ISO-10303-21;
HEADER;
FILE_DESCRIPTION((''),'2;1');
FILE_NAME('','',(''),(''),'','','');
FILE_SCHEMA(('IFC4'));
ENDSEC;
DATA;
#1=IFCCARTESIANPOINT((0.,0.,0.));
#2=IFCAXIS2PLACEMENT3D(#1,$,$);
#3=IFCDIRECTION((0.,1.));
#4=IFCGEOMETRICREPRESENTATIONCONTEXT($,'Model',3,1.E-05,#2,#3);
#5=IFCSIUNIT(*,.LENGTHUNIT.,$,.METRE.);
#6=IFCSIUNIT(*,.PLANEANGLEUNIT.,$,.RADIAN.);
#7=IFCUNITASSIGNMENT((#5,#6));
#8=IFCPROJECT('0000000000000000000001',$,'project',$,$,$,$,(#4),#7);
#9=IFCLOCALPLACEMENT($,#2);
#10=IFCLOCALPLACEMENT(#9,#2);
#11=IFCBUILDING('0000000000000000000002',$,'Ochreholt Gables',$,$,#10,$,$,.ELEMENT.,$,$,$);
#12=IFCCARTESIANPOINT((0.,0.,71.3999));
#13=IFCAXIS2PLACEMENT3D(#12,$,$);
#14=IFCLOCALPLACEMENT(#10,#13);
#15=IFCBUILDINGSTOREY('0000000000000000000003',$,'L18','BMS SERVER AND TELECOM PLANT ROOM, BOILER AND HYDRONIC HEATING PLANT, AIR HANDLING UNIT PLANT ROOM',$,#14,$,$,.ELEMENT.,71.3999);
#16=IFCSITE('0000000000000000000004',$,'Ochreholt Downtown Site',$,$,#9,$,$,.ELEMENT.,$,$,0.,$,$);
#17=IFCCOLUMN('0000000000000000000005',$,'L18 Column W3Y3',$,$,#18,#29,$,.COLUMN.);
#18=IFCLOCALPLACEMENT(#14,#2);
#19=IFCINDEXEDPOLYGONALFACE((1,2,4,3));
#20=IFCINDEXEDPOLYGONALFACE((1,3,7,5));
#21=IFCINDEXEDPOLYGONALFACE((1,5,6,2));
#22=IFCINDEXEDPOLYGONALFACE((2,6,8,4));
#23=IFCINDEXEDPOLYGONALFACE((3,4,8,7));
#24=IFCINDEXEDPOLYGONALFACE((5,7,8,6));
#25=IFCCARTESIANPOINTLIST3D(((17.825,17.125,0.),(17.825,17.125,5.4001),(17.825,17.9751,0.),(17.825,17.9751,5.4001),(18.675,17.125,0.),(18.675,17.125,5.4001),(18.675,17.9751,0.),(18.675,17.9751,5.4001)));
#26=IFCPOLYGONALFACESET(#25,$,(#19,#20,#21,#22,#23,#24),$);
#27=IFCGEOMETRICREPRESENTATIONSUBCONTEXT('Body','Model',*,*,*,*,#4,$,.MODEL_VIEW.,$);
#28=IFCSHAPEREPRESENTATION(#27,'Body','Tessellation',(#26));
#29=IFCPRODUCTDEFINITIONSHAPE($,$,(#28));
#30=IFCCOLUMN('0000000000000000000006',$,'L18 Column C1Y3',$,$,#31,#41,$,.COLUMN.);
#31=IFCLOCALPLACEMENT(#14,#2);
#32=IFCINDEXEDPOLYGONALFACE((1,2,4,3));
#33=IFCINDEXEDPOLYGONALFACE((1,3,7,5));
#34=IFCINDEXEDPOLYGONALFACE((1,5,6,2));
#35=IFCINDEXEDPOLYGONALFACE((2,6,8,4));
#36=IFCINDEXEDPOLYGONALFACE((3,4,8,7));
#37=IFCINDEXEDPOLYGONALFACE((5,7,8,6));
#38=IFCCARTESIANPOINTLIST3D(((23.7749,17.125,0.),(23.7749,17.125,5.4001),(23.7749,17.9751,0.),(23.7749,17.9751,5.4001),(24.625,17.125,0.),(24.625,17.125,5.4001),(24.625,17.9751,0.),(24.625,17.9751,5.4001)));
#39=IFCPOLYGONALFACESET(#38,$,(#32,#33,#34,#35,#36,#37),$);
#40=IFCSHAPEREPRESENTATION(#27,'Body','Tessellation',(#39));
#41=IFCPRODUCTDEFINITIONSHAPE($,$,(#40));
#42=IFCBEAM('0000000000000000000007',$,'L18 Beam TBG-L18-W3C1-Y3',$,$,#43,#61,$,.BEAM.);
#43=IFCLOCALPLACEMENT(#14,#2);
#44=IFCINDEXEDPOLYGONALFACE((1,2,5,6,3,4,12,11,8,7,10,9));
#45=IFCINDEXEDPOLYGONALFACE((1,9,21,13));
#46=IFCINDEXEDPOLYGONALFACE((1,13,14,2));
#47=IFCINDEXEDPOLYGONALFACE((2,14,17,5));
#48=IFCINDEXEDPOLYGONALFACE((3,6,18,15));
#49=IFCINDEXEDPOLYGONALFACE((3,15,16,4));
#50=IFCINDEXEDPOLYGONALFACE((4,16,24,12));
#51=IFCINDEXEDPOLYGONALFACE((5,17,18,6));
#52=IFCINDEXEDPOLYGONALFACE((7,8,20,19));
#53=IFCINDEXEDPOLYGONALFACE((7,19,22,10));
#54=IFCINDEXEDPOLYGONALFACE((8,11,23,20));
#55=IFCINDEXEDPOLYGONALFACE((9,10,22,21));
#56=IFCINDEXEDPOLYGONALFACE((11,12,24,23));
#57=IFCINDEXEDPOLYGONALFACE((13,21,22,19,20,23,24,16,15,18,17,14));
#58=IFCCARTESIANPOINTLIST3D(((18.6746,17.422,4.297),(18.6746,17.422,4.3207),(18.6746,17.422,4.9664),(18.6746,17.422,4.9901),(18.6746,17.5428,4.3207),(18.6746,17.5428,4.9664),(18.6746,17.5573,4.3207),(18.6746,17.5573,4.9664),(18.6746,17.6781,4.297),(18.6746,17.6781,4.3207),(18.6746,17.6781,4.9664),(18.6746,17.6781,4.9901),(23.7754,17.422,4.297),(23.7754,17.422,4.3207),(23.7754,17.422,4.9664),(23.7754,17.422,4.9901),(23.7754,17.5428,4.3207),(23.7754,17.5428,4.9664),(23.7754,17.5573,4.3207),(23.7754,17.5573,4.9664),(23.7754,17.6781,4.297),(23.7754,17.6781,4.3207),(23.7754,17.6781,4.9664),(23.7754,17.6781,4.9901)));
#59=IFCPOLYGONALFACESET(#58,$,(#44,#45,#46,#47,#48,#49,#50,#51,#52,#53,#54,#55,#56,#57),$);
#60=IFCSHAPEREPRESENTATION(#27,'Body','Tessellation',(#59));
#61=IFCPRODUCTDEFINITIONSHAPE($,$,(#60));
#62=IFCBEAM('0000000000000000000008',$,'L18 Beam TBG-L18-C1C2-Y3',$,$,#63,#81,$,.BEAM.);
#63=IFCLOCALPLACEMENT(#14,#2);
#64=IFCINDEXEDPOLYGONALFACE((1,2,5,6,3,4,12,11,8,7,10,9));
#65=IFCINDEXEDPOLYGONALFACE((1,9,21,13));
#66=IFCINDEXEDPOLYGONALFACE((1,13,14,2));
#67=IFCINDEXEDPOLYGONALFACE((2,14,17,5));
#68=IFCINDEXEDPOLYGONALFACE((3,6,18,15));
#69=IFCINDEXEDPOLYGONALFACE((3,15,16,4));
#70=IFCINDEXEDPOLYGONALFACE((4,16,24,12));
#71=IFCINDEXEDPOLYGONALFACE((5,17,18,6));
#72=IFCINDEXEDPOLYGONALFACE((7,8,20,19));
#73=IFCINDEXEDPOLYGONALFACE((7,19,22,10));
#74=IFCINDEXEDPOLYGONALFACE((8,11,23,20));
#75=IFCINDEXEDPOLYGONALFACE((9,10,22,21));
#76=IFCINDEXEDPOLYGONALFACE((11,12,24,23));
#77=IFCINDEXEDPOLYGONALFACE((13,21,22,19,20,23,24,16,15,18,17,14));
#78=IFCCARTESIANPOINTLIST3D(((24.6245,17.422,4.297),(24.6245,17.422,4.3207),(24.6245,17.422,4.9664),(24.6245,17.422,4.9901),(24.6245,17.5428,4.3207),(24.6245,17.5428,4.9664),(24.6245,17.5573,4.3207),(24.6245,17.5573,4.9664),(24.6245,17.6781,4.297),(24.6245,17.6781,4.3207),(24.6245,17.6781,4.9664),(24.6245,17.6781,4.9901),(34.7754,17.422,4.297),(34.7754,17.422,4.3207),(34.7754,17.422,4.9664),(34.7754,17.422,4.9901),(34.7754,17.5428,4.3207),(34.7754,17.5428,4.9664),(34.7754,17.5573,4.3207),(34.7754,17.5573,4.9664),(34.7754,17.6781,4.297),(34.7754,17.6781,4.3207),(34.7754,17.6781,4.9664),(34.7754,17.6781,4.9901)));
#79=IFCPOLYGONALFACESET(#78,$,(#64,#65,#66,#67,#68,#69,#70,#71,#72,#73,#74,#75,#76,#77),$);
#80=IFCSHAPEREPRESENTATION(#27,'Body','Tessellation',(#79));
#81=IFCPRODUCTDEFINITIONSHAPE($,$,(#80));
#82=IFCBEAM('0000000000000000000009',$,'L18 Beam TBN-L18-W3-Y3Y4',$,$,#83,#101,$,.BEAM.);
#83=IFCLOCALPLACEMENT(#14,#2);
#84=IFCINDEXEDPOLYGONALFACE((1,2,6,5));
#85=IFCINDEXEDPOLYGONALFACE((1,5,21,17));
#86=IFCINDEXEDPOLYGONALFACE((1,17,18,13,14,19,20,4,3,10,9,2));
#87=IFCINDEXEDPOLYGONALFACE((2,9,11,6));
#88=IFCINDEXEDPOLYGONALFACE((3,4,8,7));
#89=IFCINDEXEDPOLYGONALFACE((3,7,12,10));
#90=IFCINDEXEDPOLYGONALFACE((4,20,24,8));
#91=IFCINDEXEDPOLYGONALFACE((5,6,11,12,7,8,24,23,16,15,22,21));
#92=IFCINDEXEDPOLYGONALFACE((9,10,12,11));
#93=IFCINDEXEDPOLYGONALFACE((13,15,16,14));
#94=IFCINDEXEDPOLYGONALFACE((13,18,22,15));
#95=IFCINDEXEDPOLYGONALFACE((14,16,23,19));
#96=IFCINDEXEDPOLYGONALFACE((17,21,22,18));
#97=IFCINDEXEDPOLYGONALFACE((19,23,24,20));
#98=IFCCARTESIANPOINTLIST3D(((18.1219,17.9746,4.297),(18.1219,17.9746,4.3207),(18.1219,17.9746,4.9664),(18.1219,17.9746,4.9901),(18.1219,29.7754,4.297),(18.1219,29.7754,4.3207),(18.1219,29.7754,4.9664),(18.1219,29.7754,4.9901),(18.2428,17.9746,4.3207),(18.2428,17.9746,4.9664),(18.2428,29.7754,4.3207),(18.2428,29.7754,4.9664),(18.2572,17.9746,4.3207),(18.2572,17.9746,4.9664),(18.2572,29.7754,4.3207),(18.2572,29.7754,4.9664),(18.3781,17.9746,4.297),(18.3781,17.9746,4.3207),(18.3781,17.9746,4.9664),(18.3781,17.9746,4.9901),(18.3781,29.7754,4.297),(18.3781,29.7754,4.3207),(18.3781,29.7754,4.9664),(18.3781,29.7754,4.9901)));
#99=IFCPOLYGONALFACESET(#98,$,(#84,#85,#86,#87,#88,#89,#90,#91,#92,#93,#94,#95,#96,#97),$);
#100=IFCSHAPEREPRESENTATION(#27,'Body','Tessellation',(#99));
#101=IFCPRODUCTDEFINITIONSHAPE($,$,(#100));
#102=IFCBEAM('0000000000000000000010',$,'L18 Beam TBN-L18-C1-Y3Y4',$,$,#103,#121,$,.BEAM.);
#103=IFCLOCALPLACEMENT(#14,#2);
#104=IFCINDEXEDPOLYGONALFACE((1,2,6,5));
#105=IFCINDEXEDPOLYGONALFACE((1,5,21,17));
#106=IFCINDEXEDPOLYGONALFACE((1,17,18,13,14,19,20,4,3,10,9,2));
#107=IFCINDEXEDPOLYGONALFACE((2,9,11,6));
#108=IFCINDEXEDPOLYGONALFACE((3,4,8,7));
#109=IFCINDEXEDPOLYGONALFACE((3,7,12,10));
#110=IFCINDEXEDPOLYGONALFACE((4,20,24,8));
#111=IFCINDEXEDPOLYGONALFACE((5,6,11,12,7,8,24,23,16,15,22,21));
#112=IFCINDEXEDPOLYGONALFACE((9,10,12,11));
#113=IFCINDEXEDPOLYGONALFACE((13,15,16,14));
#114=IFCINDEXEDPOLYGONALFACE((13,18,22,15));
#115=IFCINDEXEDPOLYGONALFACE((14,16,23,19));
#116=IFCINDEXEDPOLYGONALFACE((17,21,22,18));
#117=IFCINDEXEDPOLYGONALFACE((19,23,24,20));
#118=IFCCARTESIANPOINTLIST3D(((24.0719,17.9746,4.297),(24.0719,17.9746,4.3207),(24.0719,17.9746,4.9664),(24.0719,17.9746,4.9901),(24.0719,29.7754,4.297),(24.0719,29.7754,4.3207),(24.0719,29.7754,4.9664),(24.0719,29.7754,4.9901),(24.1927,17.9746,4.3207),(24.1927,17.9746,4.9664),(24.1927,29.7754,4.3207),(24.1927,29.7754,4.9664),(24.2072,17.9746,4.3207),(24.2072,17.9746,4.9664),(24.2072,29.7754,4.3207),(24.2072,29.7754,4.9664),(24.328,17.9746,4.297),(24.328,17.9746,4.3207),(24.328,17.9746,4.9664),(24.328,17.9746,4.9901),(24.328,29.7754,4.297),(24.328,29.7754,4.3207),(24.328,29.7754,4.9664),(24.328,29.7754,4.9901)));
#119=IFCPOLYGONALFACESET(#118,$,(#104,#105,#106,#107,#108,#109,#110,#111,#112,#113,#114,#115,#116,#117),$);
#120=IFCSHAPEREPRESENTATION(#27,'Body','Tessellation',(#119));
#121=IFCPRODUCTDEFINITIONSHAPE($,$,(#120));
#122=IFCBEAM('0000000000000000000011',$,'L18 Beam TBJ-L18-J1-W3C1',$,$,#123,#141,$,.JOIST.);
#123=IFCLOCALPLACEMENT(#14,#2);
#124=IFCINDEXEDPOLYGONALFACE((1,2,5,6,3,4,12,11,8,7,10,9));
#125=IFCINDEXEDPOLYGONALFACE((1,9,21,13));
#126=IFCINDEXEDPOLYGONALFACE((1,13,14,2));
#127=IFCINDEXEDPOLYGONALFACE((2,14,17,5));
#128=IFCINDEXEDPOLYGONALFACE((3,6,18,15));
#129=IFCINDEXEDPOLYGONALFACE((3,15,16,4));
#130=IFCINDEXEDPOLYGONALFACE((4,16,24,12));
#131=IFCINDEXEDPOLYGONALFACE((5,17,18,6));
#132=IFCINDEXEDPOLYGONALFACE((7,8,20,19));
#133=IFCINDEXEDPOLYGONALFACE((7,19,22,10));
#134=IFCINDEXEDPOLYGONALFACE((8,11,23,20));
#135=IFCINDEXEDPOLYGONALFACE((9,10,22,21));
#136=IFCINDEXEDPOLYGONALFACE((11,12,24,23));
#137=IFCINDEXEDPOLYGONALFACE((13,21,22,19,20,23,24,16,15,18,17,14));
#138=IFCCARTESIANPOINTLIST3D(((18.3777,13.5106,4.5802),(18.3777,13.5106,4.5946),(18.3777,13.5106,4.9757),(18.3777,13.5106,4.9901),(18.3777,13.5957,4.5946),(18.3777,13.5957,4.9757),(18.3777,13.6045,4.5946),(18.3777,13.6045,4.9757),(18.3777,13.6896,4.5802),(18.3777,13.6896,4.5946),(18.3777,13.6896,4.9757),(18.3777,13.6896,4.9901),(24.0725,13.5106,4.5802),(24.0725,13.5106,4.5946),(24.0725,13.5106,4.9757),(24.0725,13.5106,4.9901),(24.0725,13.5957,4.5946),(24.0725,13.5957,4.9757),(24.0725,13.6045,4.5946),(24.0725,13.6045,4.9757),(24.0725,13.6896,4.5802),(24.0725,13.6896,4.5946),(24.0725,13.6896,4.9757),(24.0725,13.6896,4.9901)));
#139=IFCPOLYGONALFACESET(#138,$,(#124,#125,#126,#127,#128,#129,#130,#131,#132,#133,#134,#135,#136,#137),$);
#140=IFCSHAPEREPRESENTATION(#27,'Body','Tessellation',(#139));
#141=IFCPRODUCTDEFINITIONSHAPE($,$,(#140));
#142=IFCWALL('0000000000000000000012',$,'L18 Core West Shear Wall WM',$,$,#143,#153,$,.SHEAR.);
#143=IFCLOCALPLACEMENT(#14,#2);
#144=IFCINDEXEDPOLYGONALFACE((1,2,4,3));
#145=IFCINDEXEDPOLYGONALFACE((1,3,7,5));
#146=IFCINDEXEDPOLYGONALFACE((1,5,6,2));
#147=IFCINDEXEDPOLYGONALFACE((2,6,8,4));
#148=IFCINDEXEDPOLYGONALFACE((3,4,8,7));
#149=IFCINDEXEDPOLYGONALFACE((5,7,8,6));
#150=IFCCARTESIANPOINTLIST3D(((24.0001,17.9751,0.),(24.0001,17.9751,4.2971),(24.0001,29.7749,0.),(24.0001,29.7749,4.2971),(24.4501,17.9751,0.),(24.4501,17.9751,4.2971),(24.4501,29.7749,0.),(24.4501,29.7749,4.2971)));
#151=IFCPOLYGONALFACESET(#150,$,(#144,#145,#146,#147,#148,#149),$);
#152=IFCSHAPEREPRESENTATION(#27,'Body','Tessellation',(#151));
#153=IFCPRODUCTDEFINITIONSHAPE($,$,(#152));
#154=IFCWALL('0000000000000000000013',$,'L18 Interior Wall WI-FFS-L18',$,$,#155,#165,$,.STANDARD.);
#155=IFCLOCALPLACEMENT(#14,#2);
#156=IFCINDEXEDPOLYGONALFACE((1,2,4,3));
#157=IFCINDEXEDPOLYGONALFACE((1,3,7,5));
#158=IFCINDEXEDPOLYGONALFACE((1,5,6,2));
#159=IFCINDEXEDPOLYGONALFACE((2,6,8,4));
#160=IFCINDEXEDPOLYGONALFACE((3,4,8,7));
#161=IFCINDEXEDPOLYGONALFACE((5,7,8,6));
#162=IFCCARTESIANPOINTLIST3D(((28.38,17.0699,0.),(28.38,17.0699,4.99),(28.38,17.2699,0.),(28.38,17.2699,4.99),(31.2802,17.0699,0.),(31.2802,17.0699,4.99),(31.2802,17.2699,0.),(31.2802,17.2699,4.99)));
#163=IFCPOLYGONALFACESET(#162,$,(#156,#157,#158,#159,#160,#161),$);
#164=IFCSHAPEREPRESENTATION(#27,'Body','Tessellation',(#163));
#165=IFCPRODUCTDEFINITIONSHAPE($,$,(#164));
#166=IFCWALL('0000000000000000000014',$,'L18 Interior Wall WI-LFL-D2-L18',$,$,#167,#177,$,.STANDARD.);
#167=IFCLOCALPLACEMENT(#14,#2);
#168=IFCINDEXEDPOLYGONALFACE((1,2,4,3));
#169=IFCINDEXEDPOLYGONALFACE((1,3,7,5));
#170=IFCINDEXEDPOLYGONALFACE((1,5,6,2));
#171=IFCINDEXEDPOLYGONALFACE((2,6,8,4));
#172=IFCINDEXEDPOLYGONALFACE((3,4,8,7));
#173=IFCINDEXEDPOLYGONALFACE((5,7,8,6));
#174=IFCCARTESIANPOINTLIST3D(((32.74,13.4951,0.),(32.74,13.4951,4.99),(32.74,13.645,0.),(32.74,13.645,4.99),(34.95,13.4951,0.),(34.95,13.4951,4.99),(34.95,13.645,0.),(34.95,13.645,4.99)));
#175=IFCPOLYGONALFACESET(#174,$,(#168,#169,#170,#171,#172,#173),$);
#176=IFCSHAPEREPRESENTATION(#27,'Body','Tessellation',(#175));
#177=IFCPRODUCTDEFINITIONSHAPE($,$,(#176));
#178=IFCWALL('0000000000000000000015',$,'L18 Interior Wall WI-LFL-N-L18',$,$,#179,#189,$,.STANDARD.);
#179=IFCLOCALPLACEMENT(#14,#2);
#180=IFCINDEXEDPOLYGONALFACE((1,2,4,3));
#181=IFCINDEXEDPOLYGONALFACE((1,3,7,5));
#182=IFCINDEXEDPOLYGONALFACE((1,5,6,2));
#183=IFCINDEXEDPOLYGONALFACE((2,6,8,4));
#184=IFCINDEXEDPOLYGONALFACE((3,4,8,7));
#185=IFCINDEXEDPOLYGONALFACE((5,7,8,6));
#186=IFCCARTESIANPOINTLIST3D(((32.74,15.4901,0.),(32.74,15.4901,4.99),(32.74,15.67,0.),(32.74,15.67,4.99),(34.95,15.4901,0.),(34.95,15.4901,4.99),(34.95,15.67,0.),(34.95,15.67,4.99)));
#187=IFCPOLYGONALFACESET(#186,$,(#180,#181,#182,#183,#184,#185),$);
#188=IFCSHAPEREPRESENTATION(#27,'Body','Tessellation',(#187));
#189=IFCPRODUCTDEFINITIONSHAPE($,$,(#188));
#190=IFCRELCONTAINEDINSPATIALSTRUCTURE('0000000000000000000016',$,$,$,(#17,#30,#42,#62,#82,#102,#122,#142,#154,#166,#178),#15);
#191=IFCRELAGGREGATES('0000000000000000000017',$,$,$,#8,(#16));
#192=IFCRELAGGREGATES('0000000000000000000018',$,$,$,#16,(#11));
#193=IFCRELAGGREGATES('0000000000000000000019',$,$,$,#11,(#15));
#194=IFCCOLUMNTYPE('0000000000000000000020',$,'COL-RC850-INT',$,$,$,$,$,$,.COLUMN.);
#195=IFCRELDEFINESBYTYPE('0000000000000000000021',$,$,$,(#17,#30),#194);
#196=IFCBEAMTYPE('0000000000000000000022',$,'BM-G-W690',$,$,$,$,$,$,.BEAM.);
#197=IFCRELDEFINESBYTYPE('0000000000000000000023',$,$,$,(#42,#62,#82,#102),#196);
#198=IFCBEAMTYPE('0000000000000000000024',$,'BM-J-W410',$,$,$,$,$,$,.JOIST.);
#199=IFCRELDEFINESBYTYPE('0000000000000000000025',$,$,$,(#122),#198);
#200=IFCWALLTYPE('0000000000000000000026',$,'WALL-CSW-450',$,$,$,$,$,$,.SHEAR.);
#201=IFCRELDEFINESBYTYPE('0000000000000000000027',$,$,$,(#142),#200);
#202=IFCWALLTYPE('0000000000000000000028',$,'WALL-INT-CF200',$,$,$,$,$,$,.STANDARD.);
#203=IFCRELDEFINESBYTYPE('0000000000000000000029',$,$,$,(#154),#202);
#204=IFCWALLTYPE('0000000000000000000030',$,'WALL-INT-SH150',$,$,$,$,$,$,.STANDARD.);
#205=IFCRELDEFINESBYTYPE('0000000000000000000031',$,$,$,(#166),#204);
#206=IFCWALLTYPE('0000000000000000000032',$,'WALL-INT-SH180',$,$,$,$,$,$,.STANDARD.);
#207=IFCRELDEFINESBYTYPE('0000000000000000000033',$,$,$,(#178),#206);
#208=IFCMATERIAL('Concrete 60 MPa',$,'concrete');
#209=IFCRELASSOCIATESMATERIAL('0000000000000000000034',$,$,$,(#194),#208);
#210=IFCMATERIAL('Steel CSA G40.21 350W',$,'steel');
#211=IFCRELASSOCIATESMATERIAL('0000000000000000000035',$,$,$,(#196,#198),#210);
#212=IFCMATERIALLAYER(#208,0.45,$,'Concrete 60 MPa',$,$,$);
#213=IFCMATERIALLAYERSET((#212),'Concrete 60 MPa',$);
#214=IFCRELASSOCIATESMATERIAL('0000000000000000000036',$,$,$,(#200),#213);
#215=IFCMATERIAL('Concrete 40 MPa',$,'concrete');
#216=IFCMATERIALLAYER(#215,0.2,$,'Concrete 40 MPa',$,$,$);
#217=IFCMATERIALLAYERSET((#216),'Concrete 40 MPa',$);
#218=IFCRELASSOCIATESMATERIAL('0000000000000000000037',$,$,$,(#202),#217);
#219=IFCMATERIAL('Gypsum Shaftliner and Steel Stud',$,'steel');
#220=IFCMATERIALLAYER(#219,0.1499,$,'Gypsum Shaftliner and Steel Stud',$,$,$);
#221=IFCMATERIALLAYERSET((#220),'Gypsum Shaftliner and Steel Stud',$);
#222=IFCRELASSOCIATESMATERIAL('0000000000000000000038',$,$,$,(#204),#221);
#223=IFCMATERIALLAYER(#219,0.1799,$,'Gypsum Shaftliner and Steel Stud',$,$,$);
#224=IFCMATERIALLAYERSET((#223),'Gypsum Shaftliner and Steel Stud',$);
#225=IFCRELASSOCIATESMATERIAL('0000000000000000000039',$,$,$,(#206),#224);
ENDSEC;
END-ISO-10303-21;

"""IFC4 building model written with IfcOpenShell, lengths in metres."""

from ifc_helpers import new_model, si_unit, direction, frame, frame_2d, origin, origin_2d, place, context, subcontext, project, spatial, rectangle, i_section, extrude, material, layer, layer_set, material_profile, profile_set, type_object, element, save


model = new_model("IFC4")

# Units and contexts
model_context = context("Model", 3, precision=1e-05, world=origin(), true_north=direction((0.0, 1.0)))
body_context = subcontext(model_context, "Body", "Model", "MODEL_VIEW")
ifc_project = project(units=[si_unit("LENGTHUNIT", "METRE"), si_unit("PLANEANGLEUNIT", "RADIAN")], contexts=[model_context])

# Site, building, storey
site_placement = place(None, origin())
site = spatial("IfcSite", under=ifc_project, at=site_placement, Name="Ochreholt Downtown Site", CompositionType="ELEMENT", RefElevation=0.0)
building_placement = place(site_placement, origin())
building = spatial("IfcBuilding", under=site, at=building_placement, Name="Ochreholt Gables", CompositionType="ELEMENT")
storey_placement = place(building_placement, frame((0.0, 0.0, 71.3999)))
storey = spatial("IfcBuildingStorey", under=building, at=storey_placement, Name="L18", Description="BMS SERVER AND TELECOM PLANT ROOM, BOILER AND HYDRONIC HEATING PLANT, AIR HANDLING UNIT PLANT ROOM", CompositionType="ELEMENT", Elevation=71.3999)

# Columns
ifc_material_1 = material(Name="Concrete 60 MPa", Category="concrete")
ifc_material_profile_1 = material_profile(ifc_material_1, rectangle(XDim=0.8501, YDim=0.8501, at=origin_2d()), Name="RC850X850")
ifc_profile_set_1 = profile_set([ifc_material_profile_1], Name="Concrete 60 MPa")
column_type = type_object("IfcColumnType", Name="COL-RC850-INT", PredefinedType="COLUMN", material=ifc_profile_set_1)
for number, where, z_axis, x_axis, name in (
    (1, (18.25, 17.55, 0.0), (0.0, 0.0, 1.0), (1.0, 0.0, 0.0), "L18 Column W3Y3"),
    (2, (24.2, 17.55, 0.0), (0.0, 0.0, 1.0), (1.0, 0.0, 0.0), "L18 Column C1Y3"),
):
    element("IfcColumn", number, at=place(storey_placement, frame(where, z_axis=z_axis, x_axis=x_axis)), inside=storey, type_object=column_type, Name=name, PredefinedType="COLUMN", context=body_context, shape_type="SweptSolid", body=[
        extrude(rectangle(XDim=0.8501, YDim=0.8501, at=origin_2d()), origin(), (0.0, 0.0, 1.0), 5.4001),
    ])

# Beams
ifc_material_2 = material(Name="Steel CSA G40.21 350W", Category="steel")
ifc_material_profile_2 = material_profile(ifc_material_2, i_section(OverallWidth=0.2561, OverallDepth=0.6931, WebThickness=0.0144, FlangeThickness=0.0237, at=origin_2d()), Name="W690X170")
ifc_profile_set_2 = profile_set([ifc_material_profile_2], Name="Steel CSA G40.21 350W")
beam_type_1 = type_object("IfcBeamType", Name="BM-G-W690", PredefinedType="BEAM", material=ifc_profile_set_2)
beam_1_placement = place(storey_placement, frame((18.6746, 17.55, 4.6436), z_axis=(1.0, 0.0, 0.0), x_axis=(0.0, 1.0, 0.0)))
element("IfcBeam", 3, at=beam_1_placement, inside=storey, type_object=beam_type_1, Name="L18 Beam TBG-L18-W3C1-Y3", PredefinedType="BEAM", context=body_context, shape_type="SweptSolid", body=[
    extrude(i_section(OverallWidth=0.2561, OverallDepth=0.6931, WebThickness=0.0144, FlangeThickness=0.0237, at=origin_2d()), origin(), (0.0, 0.0, 1.0), 5.1008),
])
beam_2_placement = place(storey_placement, frame((24.6245, 17.55, 4.6436), z_axis=(1.0, 0.0, 0.0), x_axis=(0.0, 1.0, 0.0)))
element("IfcBeam", 4, at=beam_2_placement, inside=storey, type_object=beam_type_1, Name="L18 Beam TBG-L18-C1C2-Y3", PredefinedType="BEAM", context=body_context, shape_type="SweptSolid", body=[
    extrude(i_section(OverallWidth=0.2561, OverallDepth=0.6931, WebThickness=0.0144, FlangeThickness=0.0237, at=origin_2d()), origin(), (0.0, 0.0, 1.0), 10.1509),
])
for number, where, z_axis, x_axis, name in (
    (5, (18.25, 17.9746, 4.6436), (0.0, 1.0, 0.0), (-1.0, 0.0, 0.0), "L18 Beam TBN-L18-W3-Y3Y4"),
    (6, (24.2, 17.9746, 4.6436), (0.0, 1.0, 0.0), (-1.0, 0.0, 0.0), "L18 Beam TBN-L18-C1-Y3Y4"),
):
    element("IfcBeam", number, at=place(storey_placement, frame(where, z_axis=z_axis, x_axis=x_axis)), inside=storey, type_object=beam_type_1, Name=name, PredefinedType="BEAM", context=body_context, shape_type="SweptSolid", body=[
        extrude(i_section(OverallWidth=0.2561, OverallDepth=0.6931, WebThickness=0.0144, FlangeThickness=0.0237, at=origin_2d()), origin(), (0.0, 0.0, 1.0), 11.8008),
    ])
ifc_material_profile_3 = material_profile(ifc_material_2, i_section(OverallWidth=0.179, OverallDepth=0.4099, WebThickness=0.0088, FlangeThickness=0.0144, at=origin_2d()), Name="W410X67")
ifc_profile_set_3 = profile_set([ifc_material_profile_3], Name="Steel CSA G40.21 350W")
beam_type_2 = type_object("IfcBeamType", Name="BM-J-W410", PredefinedType="JOIST", material=ifc_profile_set_3)
beam_3_placement = place(storey_placement, frame((18.3777, 13.6001, 4.7852), z_axis=(1.0, 0.0, 0.0), x_axis=(0.0, 1.0, 0.0)))
element("IfcBeam", 7, at=beam_3_placement, inside=storey, type_object=beam_type_2, Name="L18 Beam TBJ-L18-J1-W3C1", PredefinedType="JOIST", context=body_context, shape_type="SweptSolid", body=[
    extrude(i_section(OverallWidth=0.179, OverallDepth=0.4099, WebThickness=0.0088, FlangeThickness=0.0144, at=origin_2d()), origin(), (0.0, 0.0, 1.0), 5.6948),
])

# Walls
ifc_layer_1 = layer(ifc_material_1, 0.45, Name="Concrete 60 MPa")
ifc_layer_set_1 = layer_set([ifc_layer_1], Name="Concrete 60 MPa")
wall_type_1 = type_object("IfcWallType", Name="WALL-CSW-450", PredefinedType="SHEAR", material=ifc_layer_set_1)
wall_1_placement = place(storey_placement, frame((24.2251, 17.9751, 0.0), z_axis=(0.0, 0.0, 1.0), x_axis=(0.0, 1.0, 0.0)))
element("IfcWall", 8, at=wall_1_placement, inside=storey, type_object=wall_type_1, Name="L18 Core West Shear Wall WM", PredefinedType="SHEAR", context=body_context, shape_type="SweptSolid", body=[
    extrude(rectangle(XDim=11.7998, YDim=0.45, at=frame_2d((5.8999, 0.0))), origin(), (0.0, 0.0, 1.0), 4.2971),
])
ifc_material_3 = material(Name="Concrete 40 MPa", Category="concrete")
ifc_layer_2 = layer(ifc_material_3, 0.2, Name="Concrete 40 MPa")
ifc_layer_set_2 = layer_set([ifc_layer_2], Name="Concrete 40 MPa")
wall_type_2 = type_object("IfcWallType", Name="WALL-INT-CF200", PredefinedType="STANDARD", material=ifc_layer_set_2)
wall_2_placement = place(storey_placement, frame((28.3799, 17.1699, 0.0), z_axis=(0.0, 0.0, 1.0), x_axis=(1.0, 0.0, 0.0)))
element("IfcWall", 9, at=wall_2_placement, inside=storey, type_object=wall_type_2, Name="L18 Interior Wall WI-FFS-L18", PredefinedType="STANDARD", context=body_context, shape_type="SweptSolid", body=[
    extrude(rectangle(XDim=2.9001, YDim=0.2, at=frame_2d((1.4502, 0.0))), origin(), (0.0, 0.0, 1.0), 4.99),
])

# Walls
ifc_material_4 = material(Name="Gypsum Shaftliner and Steel Stud", Category="steel")
ifc_layer_3 = layer(ifc_material_4, 0.1499, Name="Gypsum Shaftliner and Steel Stud")
ifc_layer_set_3 = layer_set([ifc_layer_3], Name="Gypsum Shaftliner and Steel Stud")
wall_type_3 = type_object("IfcWallType", Name="WALL-INT-SH150", PredefinedType="STANDARD", material=ifc_layer_set_3)
wall_3_placement = place(storey_placement, frame((32.74, 13.5701, 0.0), z_axis=(0.0, 0.0, 1.0), x_axis=(1.0, 0.0, 0.0)))
element("IfcWall", 10, at=wall_3_placement, inside=storey, type_object=wall_type_3, Name="L18 Interior Wall WI-LFL-D2-L18", PredefinedType="STANDARD", context=body_context, shape_type="SweptSolid", body=[
    extrude(rectangle(XDim=2.21, YDim=0.1499, at=frame_2d((1.105, 0.0))), origin(), (0.0, 0.0, 1.0), 4.99),
])
ifc_layer_4 = layer(ifc_material_4, 0.1799, Name="Gypsum Shaftliner and Steel Stud")
ifc_layer_set_4 = layer_set([ifc_layer_4], Name="Gypsum Shaftliner and Steel Stud")
wall_type_4 = type_object("IfcWallType", Name="WALL-INT-SH180", PredefinedType="STANDARD", material=ifc_layer_set_4)
wall_4_placement = place(storey_placement, frame((32.74, 15.5801, 0.0), z_axis=(0.0, 0.0, 1.0), x_axis=(1.0, 0.0, 0.0)))
element("IfcWall", 11, at=wall_4_placement, inside=storey, type_object=wall_type_4, Name="L18 Interior Wall WI-LFL-N-L18", PredefinedType="STANDARD", context=body_context, shape_type="SweptSolid", body=[
    extrude(rectangle(XDim=2.21, YDim=0.1799, at=frame_2d((1.105, 0.0))), origin(), (0.0, 0.0, 1.0), 4.99),
])

save(model, "model.ifc")
